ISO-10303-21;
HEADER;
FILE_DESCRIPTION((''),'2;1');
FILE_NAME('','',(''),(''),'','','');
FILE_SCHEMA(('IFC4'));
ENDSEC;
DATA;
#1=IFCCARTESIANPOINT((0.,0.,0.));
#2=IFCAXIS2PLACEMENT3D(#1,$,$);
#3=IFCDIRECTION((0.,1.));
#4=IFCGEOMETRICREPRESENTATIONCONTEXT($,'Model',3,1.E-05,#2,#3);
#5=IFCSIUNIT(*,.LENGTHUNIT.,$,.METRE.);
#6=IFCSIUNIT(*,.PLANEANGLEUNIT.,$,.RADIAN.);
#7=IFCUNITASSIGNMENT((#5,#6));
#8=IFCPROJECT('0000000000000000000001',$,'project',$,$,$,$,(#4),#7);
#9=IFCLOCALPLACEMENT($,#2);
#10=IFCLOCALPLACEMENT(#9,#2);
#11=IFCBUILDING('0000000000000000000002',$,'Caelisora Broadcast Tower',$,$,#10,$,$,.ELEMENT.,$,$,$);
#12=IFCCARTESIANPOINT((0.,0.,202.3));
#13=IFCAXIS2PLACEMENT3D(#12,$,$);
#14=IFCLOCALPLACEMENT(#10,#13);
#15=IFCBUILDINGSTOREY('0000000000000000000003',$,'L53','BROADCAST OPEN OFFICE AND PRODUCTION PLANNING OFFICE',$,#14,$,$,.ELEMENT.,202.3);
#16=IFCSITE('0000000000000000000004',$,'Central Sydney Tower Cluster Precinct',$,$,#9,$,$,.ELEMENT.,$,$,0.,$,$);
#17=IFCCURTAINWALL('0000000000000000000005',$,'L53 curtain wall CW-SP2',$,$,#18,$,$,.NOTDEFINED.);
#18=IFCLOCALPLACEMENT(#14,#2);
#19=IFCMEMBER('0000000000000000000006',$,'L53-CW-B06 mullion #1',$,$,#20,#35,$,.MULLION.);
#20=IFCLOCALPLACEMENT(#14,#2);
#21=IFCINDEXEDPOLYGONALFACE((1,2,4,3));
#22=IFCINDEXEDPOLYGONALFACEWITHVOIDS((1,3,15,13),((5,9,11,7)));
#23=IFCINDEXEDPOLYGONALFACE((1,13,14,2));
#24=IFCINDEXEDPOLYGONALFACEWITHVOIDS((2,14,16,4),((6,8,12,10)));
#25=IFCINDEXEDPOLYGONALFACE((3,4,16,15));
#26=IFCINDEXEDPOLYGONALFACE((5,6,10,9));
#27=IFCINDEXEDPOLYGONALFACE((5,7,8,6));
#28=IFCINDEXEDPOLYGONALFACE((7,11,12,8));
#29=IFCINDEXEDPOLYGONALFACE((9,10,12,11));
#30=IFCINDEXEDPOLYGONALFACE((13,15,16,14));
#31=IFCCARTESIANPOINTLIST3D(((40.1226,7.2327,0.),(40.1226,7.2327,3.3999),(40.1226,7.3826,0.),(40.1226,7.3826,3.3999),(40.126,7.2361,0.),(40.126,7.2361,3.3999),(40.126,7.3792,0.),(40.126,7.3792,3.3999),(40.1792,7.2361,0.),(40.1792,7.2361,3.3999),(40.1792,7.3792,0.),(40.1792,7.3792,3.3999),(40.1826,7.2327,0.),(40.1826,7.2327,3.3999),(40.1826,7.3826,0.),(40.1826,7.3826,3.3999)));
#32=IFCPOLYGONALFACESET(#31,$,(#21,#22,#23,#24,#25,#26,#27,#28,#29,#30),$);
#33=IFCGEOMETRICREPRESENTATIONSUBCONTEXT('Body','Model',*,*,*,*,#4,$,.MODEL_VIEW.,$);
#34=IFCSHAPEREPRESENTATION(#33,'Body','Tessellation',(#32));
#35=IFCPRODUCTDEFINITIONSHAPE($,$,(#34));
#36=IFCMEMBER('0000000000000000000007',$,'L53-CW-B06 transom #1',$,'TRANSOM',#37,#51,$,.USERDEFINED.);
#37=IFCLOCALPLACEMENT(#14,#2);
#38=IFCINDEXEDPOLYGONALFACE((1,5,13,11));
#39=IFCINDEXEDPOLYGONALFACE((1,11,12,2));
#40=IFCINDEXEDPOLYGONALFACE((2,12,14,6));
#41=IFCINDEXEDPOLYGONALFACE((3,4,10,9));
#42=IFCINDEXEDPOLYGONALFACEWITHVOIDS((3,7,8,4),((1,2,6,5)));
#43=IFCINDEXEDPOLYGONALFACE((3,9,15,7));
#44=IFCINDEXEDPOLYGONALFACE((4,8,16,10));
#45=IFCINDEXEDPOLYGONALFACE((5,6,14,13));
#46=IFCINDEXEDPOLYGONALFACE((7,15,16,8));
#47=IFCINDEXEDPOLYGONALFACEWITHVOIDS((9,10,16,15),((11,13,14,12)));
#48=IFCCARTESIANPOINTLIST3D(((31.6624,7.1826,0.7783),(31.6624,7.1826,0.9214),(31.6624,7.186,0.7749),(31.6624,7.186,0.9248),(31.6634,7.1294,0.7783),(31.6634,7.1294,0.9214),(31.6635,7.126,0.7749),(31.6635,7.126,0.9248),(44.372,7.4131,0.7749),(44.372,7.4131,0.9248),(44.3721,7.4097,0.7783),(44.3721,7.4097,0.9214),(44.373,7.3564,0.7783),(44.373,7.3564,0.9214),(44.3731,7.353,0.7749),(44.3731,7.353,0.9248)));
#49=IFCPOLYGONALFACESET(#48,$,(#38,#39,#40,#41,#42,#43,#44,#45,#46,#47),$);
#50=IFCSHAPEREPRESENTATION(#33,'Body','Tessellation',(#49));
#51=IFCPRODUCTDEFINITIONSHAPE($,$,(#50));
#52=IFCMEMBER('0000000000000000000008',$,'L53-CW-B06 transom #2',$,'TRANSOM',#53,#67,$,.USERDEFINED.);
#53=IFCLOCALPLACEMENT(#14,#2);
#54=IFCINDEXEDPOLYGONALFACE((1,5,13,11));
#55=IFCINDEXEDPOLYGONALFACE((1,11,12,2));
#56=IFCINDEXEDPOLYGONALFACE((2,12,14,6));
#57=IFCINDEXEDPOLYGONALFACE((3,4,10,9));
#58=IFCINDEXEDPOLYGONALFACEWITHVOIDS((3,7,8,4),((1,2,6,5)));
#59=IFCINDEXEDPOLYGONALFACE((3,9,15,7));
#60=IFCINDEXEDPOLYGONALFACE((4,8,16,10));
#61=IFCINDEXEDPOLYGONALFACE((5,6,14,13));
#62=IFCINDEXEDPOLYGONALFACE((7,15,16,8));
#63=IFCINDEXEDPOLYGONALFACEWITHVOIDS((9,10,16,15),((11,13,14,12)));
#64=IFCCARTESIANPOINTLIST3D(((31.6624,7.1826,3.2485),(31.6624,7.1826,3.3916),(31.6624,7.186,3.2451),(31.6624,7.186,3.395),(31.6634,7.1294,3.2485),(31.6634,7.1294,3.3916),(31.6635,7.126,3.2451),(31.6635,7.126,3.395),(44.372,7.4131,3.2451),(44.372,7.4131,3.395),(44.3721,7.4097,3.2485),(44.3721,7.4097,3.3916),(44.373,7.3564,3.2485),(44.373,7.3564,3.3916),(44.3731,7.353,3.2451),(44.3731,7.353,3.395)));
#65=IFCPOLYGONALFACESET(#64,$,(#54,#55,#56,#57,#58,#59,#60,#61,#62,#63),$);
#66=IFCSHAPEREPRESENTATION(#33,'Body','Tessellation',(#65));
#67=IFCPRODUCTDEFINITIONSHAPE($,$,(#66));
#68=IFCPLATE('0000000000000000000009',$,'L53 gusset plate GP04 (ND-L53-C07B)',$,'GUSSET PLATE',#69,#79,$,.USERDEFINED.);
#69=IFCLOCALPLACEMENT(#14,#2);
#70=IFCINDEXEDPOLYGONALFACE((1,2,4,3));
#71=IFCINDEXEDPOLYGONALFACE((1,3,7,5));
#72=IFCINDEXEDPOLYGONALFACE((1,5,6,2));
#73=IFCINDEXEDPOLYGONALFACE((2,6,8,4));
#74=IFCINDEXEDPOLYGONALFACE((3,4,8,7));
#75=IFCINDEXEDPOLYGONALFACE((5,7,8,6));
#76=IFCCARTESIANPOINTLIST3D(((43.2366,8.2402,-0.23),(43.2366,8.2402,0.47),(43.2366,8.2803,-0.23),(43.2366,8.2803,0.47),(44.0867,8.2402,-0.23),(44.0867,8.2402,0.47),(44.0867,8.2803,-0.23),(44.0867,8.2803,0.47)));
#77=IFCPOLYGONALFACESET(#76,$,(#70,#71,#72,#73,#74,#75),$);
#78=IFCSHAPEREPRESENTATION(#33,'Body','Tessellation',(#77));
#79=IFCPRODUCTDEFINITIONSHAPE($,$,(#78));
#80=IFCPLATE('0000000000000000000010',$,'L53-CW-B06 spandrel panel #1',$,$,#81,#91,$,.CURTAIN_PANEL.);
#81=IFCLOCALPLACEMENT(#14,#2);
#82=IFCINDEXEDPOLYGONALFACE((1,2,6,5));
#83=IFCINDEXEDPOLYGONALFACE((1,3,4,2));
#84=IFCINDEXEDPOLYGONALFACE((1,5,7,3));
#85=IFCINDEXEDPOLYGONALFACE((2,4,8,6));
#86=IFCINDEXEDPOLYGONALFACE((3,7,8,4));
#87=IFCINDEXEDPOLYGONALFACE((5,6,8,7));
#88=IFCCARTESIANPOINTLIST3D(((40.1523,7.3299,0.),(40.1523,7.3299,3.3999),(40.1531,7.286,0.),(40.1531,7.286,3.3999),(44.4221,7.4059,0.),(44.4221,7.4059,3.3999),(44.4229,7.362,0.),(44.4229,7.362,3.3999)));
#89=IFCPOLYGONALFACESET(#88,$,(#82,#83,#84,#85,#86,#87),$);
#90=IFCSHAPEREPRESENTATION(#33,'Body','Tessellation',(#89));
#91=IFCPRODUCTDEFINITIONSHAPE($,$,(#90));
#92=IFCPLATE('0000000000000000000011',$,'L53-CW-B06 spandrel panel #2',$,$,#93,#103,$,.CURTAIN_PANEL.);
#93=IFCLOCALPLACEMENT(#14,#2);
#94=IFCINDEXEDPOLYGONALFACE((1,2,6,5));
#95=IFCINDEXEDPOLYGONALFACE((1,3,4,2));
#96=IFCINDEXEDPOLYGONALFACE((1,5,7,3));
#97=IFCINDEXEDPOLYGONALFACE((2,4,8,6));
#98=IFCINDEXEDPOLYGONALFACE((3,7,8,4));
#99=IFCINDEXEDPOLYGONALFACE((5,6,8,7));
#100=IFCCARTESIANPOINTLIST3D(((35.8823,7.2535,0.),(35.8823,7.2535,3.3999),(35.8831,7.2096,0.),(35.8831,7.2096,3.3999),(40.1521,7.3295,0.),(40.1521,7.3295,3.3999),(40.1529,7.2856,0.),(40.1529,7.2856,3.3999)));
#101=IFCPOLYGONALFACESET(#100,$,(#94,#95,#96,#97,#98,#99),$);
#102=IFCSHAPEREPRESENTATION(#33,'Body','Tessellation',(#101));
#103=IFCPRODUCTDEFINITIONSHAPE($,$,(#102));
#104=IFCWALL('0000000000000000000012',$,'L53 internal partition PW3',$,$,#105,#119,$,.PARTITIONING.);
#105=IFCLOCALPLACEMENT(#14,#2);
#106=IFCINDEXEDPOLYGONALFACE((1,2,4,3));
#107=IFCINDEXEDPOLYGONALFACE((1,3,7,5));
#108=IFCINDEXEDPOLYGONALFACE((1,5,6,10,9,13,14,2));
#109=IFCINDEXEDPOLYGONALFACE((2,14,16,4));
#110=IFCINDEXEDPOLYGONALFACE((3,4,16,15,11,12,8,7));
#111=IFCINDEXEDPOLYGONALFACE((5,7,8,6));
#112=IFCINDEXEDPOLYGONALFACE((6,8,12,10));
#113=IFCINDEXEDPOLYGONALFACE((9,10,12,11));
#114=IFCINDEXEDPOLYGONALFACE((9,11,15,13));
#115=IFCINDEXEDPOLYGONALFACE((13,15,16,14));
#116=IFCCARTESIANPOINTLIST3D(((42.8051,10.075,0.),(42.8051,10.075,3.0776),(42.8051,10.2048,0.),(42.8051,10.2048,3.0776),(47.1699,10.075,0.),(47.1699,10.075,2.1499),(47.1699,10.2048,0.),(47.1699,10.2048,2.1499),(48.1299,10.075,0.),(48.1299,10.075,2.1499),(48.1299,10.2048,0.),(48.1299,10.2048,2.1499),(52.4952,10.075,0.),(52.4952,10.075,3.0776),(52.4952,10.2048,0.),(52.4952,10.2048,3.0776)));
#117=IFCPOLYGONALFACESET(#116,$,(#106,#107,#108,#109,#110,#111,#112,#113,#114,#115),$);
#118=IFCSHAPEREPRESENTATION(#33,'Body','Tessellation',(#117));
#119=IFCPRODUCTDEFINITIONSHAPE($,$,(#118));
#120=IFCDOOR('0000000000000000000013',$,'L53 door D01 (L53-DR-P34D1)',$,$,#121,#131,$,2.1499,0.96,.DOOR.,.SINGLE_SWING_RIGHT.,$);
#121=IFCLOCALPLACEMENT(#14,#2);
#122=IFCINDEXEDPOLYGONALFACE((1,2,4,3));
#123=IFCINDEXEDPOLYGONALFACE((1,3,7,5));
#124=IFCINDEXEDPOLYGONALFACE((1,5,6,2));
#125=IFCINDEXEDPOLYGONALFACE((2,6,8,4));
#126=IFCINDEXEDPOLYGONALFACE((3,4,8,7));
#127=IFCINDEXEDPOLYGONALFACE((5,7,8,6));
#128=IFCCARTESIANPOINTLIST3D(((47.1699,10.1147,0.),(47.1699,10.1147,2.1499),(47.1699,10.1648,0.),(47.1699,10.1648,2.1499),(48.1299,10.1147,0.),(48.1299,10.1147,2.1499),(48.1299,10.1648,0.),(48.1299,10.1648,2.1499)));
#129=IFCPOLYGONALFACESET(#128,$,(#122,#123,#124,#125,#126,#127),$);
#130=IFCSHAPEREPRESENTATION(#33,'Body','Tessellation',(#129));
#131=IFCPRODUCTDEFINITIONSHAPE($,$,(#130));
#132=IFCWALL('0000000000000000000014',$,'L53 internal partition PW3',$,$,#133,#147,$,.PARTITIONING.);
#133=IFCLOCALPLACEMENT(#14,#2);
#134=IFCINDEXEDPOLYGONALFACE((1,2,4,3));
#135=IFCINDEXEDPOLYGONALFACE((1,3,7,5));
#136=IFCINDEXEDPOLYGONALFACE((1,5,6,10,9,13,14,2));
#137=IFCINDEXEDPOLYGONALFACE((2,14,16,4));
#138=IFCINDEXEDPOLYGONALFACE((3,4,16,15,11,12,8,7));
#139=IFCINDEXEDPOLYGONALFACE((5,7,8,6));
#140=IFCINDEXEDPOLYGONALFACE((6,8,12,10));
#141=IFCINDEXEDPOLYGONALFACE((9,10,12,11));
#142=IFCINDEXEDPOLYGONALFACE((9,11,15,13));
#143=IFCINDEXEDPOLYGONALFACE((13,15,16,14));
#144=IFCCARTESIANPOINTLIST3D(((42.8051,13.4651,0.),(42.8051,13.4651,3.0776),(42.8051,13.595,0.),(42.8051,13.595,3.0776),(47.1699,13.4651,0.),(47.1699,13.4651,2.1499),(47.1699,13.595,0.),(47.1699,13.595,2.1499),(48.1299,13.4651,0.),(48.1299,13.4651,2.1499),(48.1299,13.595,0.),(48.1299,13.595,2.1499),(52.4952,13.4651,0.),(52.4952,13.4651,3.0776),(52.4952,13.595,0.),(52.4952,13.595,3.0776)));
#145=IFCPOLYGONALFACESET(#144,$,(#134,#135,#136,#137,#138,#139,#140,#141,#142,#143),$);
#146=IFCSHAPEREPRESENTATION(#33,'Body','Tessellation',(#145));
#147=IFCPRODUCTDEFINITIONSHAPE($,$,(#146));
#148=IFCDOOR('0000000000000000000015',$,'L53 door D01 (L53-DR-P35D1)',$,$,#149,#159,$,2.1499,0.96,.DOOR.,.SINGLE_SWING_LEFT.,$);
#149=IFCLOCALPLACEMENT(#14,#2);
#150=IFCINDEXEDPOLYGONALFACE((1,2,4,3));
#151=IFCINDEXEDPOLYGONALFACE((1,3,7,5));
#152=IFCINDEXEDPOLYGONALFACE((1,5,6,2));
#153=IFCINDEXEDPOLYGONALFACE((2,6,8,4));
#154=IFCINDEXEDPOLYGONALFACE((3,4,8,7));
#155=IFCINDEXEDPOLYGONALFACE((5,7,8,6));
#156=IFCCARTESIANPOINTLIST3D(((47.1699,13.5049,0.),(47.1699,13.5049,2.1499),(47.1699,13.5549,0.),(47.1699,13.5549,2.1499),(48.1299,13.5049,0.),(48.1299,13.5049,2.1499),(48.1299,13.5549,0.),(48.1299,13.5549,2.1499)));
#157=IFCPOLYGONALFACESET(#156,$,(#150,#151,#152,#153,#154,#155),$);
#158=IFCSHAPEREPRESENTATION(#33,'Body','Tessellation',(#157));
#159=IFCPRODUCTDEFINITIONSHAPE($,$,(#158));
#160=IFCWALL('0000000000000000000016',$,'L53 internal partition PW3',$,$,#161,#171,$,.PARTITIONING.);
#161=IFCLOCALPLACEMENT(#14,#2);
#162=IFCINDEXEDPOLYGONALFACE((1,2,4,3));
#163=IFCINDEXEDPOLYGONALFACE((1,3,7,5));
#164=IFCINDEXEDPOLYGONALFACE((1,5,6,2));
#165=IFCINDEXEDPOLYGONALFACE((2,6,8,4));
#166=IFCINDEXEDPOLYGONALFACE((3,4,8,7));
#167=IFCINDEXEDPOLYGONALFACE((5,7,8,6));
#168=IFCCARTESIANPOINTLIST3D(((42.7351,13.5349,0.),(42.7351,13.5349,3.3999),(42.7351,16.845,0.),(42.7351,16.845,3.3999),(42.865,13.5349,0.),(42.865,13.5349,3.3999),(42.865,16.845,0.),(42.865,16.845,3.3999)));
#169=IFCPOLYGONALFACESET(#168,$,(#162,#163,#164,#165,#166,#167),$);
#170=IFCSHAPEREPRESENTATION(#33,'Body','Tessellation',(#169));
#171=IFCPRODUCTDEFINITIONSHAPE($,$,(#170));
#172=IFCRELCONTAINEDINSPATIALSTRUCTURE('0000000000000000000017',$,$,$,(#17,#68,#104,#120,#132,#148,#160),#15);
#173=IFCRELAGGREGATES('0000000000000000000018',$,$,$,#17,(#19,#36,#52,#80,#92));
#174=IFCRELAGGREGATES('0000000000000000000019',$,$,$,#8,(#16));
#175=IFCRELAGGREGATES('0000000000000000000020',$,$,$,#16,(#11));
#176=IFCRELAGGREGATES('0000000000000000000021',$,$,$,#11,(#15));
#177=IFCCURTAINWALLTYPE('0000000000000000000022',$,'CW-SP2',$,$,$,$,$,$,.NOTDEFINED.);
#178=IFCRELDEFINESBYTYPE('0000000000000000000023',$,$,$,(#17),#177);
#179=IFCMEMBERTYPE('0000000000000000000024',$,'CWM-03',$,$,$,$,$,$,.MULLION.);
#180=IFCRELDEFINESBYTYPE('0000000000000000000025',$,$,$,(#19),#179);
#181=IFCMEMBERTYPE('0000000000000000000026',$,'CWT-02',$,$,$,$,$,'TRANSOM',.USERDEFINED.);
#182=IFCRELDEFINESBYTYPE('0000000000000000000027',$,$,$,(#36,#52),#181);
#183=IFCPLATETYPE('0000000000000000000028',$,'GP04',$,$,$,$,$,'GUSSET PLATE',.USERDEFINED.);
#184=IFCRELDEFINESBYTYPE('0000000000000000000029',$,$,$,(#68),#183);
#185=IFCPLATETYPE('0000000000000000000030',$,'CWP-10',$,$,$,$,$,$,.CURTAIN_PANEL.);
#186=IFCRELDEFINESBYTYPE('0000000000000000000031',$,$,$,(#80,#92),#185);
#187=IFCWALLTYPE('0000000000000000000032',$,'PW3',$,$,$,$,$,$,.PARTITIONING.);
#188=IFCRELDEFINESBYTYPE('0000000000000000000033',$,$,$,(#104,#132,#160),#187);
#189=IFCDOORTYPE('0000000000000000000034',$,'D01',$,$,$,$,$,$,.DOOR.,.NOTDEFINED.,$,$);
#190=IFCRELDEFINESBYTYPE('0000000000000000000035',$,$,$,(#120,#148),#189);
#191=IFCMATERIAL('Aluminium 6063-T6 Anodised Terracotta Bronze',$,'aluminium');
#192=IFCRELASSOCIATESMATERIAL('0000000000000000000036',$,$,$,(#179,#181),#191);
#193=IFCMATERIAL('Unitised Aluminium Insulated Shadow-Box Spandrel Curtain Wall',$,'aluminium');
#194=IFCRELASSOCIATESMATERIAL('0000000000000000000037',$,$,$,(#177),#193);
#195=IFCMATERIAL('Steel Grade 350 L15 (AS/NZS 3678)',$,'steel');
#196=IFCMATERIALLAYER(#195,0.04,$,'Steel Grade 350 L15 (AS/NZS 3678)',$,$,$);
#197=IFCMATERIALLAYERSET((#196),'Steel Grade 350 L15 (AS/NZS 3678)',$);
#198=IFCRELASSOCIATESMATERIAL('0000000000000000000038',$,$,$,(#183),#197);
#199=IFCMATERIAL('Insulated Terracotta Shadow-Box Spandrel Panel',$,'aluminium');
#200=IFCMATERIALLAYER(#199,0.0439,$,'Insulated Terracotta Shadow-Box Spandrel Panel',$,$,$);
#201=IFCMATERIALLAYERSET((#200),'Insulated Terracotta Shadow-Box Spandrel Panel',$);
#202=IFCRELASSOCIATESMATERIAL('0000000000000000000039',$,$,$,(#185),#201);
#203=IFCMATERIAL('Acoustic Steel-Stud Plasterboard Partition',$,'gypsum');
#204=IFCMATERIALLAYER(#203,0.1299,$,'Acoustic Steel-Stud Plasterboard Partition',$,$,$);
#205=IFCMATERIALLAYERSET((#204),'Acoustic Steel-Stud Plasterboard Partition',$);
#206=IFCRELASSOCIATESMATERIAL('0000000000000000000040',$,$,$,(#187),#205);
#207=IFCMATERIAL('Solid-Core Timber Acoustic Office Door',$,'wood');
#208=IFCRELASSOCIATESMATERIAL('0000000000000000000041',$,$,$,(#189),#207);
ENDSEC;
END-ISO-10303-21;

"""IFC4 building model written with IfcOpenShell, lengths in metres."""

from ifc_helpers import new_model, si_unit, direction, frame, frame_2d, origin, origin_2d, place, context, subcontext, project, spatial, rectangle, hollow_rectangle, extrude, source, transform, mapped, material, layer, layer_set, material_profile, profile_set, type_object, type_shapes, element, fill, aggregate, save


model = new_model("IFC4")

# Units and contexts
model_context = context("Model", 3, precision=1e-05, world=origin(), true_north=direction((0.0, 1.0)))
body_context = subcontext(model_context, "Body", "Model", "MODEL_VIEW")
ifc_project = project(units=[si_unit("LENGTHUNIT", "METRE"), si_unit("PLANEANGLEUNIT", "RADIAN")], contexts=[model_context])

# Site, building, storey
site_placement = place(None, origin())
site = spatial("IfcSite", under=ifc_project, at=site_placement, Name="Central Sydney Tower Cluster Precinct", CompositionType="ELEMENT", RefElevation=0.0)
building_placement = place(site_placement, origin())
building = spatial("IfcBuilding", under=site, at=building_placement, Name="Caelisora Broadcast Tower", CompositionType="ELEMENT")
storey_placement = place(building_placement, frame((0.0, 0.0, 202.3)))
storey = spatial("IfcBuildingStorey", under=building, at=storey_placement, Name="L53", Description="BROADCAST OPEN OFFICE AND PRODUCTION PLANNING OFFICE", CompositionType="ELEMENT", Elevation=202.3)

# Shared definitions
ifc_material_1 = material(Name="Steel Grade 350 L15 (AS/NZS 3678)", Category="steel")

# Shared definitions
ifc_material_2 = material(Name="Aluminium 6063-T6 Anodised Terracotta Bronze", Category="aluminium")
ifc_material_profile_1 = material_profile(ifc_material_2, hollow_rectangle(XDim=0.0601, YDim=0.1499, WallThickness=0.0034, at=origin_2d()), Name="Aluminium 6063-T6 Anodised Terracotta Bronze")
ifc_profile_set_1 = profile_set([ifc_material_profile_1], Name="Aluminium 6063-T6 Anodised Terracotta Bronze")
member_type_1 = type_object("IfcMemberType", Name="CWM-03", PredefinedType="MULLION", material=ifc_profile_set_1)
shared_shape_1 = source(origin(), body_context, "Body", "SweptSolid", [
    extrude(hollow_rectangle(XDim=0.0601, YDim=0.1499, WallThickness=0.0034, at=origin_2d()), origin(), (0.0, 0.0, 1.0), 3.3999),
])
type_shapes(member_type_1, [shared_shape_1])

# Curtain wall, members
ifc_material_3 = material(Name="Unitised Aluminium Insulated Shadow-Box Spandrel Curtain Wall", Category="aluminium")
curtain_wall_type_1 = type_object("IfcCurtainWallType", Name="CW-SP2", PredefinedType="NOTDEFINED", material=ifc_material_3)
curtain_wall_1_placement = place(storey_placement, origin())
curtain_wall_1 = element("IfcCurtainWall", 1, at=curtain_wall_1_placement, inside=storey, type_object=curtain_wall_type_1, Name="L53 curtain wall CW-SP2", PredefinedType="NOTDEFINED")
member_1_placement = place(storey_placement, frame((40.1526, 7.3076, 0.0), z_axis=(0.0, 0.0, 1.0), x_axis=(1.0, 0.0, 0.0)))
member_1 = element("IfcMember", 2, at=member_1_placement, type_object=member_type_1, Name="L53-CW-B06 mullion #1", PredefinedType="MULLION", context=body_context, shape_type="MappedRepresentation", body=[
    mapped(shared_shape_1, transform((0.0, 0.0, 0.0), scale=1.0)),
])
ifc_material_profile_2 = material_profile(ifc_material_2, hollow_rectangle(XDim=0.0601, YDim=0.1499, WallThickness=0.0034, at=origin_2d()), Name="Aluminium 6063-T6 Anodised Terracotta Bronze")
ifc_profile_set_2 = profile_set([ifc_material_profile_2], Name="Aluminium 6063-T6 Anodised Terracotta Bronze")
member_type_2 = type_object("IfcMemberType", Name="CWT-02", ElementType="TRANSOM", PredefinedType="USERDEFINED", material=ifc_profile_set_2)
shared_shape_2 = source(origin(), body_context, "Body", "SweptSolid", [
    extrude(hollow_rectangle(XDim=0.0601, YDim=0.1499, WallThickness=0.0034, at=origin_2d()), origin(), (0.0, 0.0, 1.0), 12.7117),
])
type_shapes(member_type_2, [shared_shape_2])
member_2_placement = place(storey_placement, frame((44.3726, 7.3831, 0.8499), z_axis=(-0.99984, -0.017861, 0.0), x_axis=(0.017861, -0.99984, 0.0)))
member_2 = element("IfcMember", 3, at=member_2_placement, type_object=member_type_2, Name="L53-CW-B06 transom #1", ObjectType="TRANSOM", PredefinedType="USERDEFINED", context=body_context, shape_type="MappedRepresentation", body=[
    mapped(shared_shape_2, transform((0.0, 0.0, 0.0), scale=1.0)),
])
member_3_placement = place(storey_placement, frame((44.3726, 7.3831, 3.3201), z_axis=(-0.99984, -0.017861, 0.0), x_axis=(0.017861, -0.99984, 0.0)))
member_3 = element("IfcMember", 4, at=member_3_placement, type_object=member_type_2, Name="L53-CW-B06 transom #2", ObjectType="TRANSOM", PredefinedType="USERDEFINED", context=body_context, shape_type="MappedRepresentation", body=[
    mapped(shared_shape_2, transform((0.0, 0.0, 0.0), scale=1.0)),
])

# Plates
ifc_layer_1 = layer(ifc_material_1, 0.04, Name="Steel Grade 350 L15 (AS/NZS 3678)")
ifc_layer_set_1 = layer_set([ifc_layer_1], Name="Steel Grade 350 L15 (AS/NZS 3678)")
plate_type_1 = type_object("IfcPlateType", Name="GP04", ElementType="GUSSET PLATE", PredefinedType="USERDEFINED", material=ifc_layer_set_1)
shared_shape_3 = source(origin(), body_context, "Body", "SweptSolid", [
    extrude(rectangle(XDim=0.8501, YDim=0.04, at=origin_2d()), origin(), (0.0, 0.0, 1.0), 0.7),
])
type_shapes(plate_type_1, [shared_shape_3])
plate_1_placement = place(storey_placement, frame((43.6616, 8.2603, -0.23), z_axis=(0.0, 0.0, 1.0), x_axis=(1.0, 0.0, 0.0)))
element("IfcPlate", 5, at=plate_1_placement, inside=storey, type_object=plate_type_1, Name="L53 gusset plate GP04 (ND-L53-C07B)", ObjectType="GUSSET PLATE", PredefinedType="USERDEFINED", context=body_context, shape_type="MappedRepresentation", body=[
    mapped(shared_shape_3, transform((0.0, 0.0, 0.0), scale=1.0)),
])
ifc_material_4 = material(Name="Insulated Terracotta Shadow-Box Spandrel Panel", Category="aluminium")
ifc_layer_2 = layer(ifc_material_4, 0.0439, Name="Insulated Terracotta Shadow-Box Spandrel Panel")
ifc_layer_set_2 = layer_set([ifc_layer_2], Name="Insulated Terracotta Shadow-Box Spandrel Panel")
plate_type_2 = type_object("IfcPlateType", Name="CWP-10", PredefinedType="CURTAIN_PANEL", material=ifc_layer_set_2)
shared_shape_4 = source(origin(), body_context, "Body", "SweptSolid", [
    extrude(rectangle(XDim=4.2705, YDim=0.0439, at=origin_2d()), origin(), (0.0, 0.0, 1.0), 3.3999),
])
type_shapes(plate_type_2, [shared_shape_4])
plate_2_placement = place(storey_placement, frame((42.2876, 7.3459, 0.0), z_axis=(0.0, 0.0, 1.0), x_axis=(-0.999842, -0.017801, 0.0)))
plate_2 = element("IfcPlate", 6, at=plate_2_placement, type_object=plate_type_2, Name="L53-CW-B06 spandrel panel #1", PredefinedType="CURTAIN_PANEL", context=body_context, shape_type="MappedRepresentation", body=[
    mapped(shared_shape_4, transform((0.0, 0.0, 0.0), scale=1.0)),
])
plate_3_placement = place(storey_placement, frame((38.0176, 7.2695, 0.0), z_axis=(0.0, 0.0, 1.0), x_axis=(-0.999842, -0.017801, 0.0)))
plate_3 = element("IfcPlate", 7, at=plate_3_placement, type_object=plate_type_2, Name="L53-CW-B06 spandrel panel #2", PredefinedType="CURTAIN_PANEL", context=body_context, shape_type="MappedRepresentation", body=[
    mapped(shared_shape_4, transform((0.0, 0.0, 0.0), scale=1.0)),
])
aggregate(curtain_wall_1, [member_1, member_2, member_3, plate_2, plate_3])

# Walls, openings, doors
ifc_material_5 = material(Name="Acoustic Steel-Stud Plasterboard Partition", Category="gypsum")
ifc_layer_3 = layer(ifc_material_5, 0.1299, Name="Acoustic Steel-Stud Plasterboard Partition")
ifc_layer_set_3 = layer_set([ifc_layer_3], Name="Acoustic Steel-Stud Plasterboard Partition")
wall_type = type_object("IfcWallType", Name="PW3", PredefinedType="PARTITIONING", material=ifc_layer_set_3)
wall_1_placement = place(storey_placement, frame((42.8049, 10.1399, 0.0), z_axis=(0.0, 0.0, 1.0), x_axis=(1.0, 0.0, 0.0)))
wall_1 = element("IfcWall", 8, at=wall_1_placement, inside=storey, type_object=wall_type, Name="L53 internal partition PW3", PredefinedType="PARTITIONING", context=body_context, shape_type="SweptSolid", body=[
    extrude(rectangle(XDim=9.6902, YDim=0.1299, at=frame_2d((4.8452, 0.0))), origin(), (0.0, 0.0, 1.0), 3.0776),
])
opening_1_placement = place(wall_1_placement, frame((4.365, 0.0, 0.0)))
opening_1 = element("IfcOpeningElement", 9, at=opening_1_placement, cuts=wall_1, PredefinedType="OPENING", context=body_context, shape_type="SweptSolid", body=[
    extrude(rectangle(XDim=0.96, YDim=2.1499, at=frame_2d((0.48, 1.075))), frame((0.0, 0.0769, 0.0), z_axis=(0.0, -1.0, 0.0), x_axis=(1.0, 0.0, 0.0)), (0.0, 0.0, 1.0), 0.1538),
])
ifc_material_6 = material(Name="Solid-Core Timber Acoustic Office Door", Category="wood")
door_type = type_object("IfcDoorType", Name="D01", OperationType="NOTDEFINED", PredefinedType="DOOR", material=ifc_material_6)
door_1_placement = place(opening_1_placement, origin())
door_1 = element("IfcDoor", 10, at=door_1_placement, inside=storey, type_object=door_type, Name="L53 door D01 (L53-DR-P34D1)", OperationType="SINGLE_SWING_RIGHT", OverallHeight=2.1499, OverallWidth=0.96, PredefinedType="DOOR", context=body_context, shape_type="SweptSolid", body=[
    extrude(rectangle(XDim=0.96, YDim=2.1499, at=frame_2d((0.48, 1.075))), frame((0.0, 0.0249, 0.0), z_axis=(0.0, -1.0, 0.0), x_axis=(1.0, 0.0, 0.0)), (0.0, 0.0, 1.0), 0.05),
])
fill(opening_1, door_1)
wall_2_placement = place(storey_placement, frame((42.8049, 13.53, 0.0), z_axis=(0.0, 0.0, 1.0), x_axis=(1.0, 0.0, 0.0)))
wall_2 = element("IfcWall", 11, at=wall_2_placement, inside=storey, type_object=wall_type, Name="L53 internal partition PW3", PredefinedType="PARTITIONING", context=body_context, shape_type="SweptSolid", body=[
    extrude(rectangle(XDim=9.6902, YDim=0.1299, at=frame_2d((4.8452, 0.0))), origin(), (0.0, 0.0, 1.0), 3.0776),
])
opening_2_placement = place(wall_2_placement, frame((4.365, 0.0, 0.0)))
opening_2 = element("IfcOpeningElement", 12, at=opening_2_placement, cuts=wall_2, PredefinedType="OPENING", context=body_context, shape_type="SweptSolid", body=[
    extrude(rectangle(XDim=0.96, YDim=2.1499, at=frame_2d((0.48, 1.075))), frame((0.0, 0.0769, 0.0), z_axis=(0.0, -1.0, 0.0), x_axis=(1.0, 0.0, 0.0)), (0.0, 0.0, 1.0), 0.1538),
])
door_2_placement = place(opening_2_placement, origin())
door_2 = element("IfcDoor", 13, at=door_2_placement, inside=storey, type_object=door_type, Name="L53 door D01 (L53-DR-P35D1)", OperationType="SINGLE_SWING_LEFT", OverallHeight=2.1499, OverallWidth=0.96, PredefinedType="DOOR", context=body_context, shape_type="SweptSolid", body=[
    extrude(rectangle(XDim=0.96, YDim=2.1499, at=frame_2d((0.48, 1.075))), frame((0.0, 0.0249, 0.0), z_axis=(0.0, -1.0, 0.0), x_axis=(1.0, 0.0, 0.0)), (0.0, 0.0, 1.0), 0.05),
])
fill(opening_2, door_2)

# Wall
wall_3_placement = place(storey_placement, frame((42.8, 13.5349, 0.0), z_axis=(0.0, 0.0, 1.0), x_axis=(0.0, 1.0, 0.0)))
element("IfcWall", 14, at=wall_3_placement, inside=storey, type_object=wall_type, Name="L53 internal partition PW3", PredefinedType="PARTITIONING", context=body_context, shape_type="SweptSolid", body=[
    extrude(rectangle(XDim=3.3101, YDim=0.1299, at=frame_2d((1.655, 0.0))), origin(), (0.0, 0.0, 1.0), 3.3999),
])

save(model, "model.ifc")
